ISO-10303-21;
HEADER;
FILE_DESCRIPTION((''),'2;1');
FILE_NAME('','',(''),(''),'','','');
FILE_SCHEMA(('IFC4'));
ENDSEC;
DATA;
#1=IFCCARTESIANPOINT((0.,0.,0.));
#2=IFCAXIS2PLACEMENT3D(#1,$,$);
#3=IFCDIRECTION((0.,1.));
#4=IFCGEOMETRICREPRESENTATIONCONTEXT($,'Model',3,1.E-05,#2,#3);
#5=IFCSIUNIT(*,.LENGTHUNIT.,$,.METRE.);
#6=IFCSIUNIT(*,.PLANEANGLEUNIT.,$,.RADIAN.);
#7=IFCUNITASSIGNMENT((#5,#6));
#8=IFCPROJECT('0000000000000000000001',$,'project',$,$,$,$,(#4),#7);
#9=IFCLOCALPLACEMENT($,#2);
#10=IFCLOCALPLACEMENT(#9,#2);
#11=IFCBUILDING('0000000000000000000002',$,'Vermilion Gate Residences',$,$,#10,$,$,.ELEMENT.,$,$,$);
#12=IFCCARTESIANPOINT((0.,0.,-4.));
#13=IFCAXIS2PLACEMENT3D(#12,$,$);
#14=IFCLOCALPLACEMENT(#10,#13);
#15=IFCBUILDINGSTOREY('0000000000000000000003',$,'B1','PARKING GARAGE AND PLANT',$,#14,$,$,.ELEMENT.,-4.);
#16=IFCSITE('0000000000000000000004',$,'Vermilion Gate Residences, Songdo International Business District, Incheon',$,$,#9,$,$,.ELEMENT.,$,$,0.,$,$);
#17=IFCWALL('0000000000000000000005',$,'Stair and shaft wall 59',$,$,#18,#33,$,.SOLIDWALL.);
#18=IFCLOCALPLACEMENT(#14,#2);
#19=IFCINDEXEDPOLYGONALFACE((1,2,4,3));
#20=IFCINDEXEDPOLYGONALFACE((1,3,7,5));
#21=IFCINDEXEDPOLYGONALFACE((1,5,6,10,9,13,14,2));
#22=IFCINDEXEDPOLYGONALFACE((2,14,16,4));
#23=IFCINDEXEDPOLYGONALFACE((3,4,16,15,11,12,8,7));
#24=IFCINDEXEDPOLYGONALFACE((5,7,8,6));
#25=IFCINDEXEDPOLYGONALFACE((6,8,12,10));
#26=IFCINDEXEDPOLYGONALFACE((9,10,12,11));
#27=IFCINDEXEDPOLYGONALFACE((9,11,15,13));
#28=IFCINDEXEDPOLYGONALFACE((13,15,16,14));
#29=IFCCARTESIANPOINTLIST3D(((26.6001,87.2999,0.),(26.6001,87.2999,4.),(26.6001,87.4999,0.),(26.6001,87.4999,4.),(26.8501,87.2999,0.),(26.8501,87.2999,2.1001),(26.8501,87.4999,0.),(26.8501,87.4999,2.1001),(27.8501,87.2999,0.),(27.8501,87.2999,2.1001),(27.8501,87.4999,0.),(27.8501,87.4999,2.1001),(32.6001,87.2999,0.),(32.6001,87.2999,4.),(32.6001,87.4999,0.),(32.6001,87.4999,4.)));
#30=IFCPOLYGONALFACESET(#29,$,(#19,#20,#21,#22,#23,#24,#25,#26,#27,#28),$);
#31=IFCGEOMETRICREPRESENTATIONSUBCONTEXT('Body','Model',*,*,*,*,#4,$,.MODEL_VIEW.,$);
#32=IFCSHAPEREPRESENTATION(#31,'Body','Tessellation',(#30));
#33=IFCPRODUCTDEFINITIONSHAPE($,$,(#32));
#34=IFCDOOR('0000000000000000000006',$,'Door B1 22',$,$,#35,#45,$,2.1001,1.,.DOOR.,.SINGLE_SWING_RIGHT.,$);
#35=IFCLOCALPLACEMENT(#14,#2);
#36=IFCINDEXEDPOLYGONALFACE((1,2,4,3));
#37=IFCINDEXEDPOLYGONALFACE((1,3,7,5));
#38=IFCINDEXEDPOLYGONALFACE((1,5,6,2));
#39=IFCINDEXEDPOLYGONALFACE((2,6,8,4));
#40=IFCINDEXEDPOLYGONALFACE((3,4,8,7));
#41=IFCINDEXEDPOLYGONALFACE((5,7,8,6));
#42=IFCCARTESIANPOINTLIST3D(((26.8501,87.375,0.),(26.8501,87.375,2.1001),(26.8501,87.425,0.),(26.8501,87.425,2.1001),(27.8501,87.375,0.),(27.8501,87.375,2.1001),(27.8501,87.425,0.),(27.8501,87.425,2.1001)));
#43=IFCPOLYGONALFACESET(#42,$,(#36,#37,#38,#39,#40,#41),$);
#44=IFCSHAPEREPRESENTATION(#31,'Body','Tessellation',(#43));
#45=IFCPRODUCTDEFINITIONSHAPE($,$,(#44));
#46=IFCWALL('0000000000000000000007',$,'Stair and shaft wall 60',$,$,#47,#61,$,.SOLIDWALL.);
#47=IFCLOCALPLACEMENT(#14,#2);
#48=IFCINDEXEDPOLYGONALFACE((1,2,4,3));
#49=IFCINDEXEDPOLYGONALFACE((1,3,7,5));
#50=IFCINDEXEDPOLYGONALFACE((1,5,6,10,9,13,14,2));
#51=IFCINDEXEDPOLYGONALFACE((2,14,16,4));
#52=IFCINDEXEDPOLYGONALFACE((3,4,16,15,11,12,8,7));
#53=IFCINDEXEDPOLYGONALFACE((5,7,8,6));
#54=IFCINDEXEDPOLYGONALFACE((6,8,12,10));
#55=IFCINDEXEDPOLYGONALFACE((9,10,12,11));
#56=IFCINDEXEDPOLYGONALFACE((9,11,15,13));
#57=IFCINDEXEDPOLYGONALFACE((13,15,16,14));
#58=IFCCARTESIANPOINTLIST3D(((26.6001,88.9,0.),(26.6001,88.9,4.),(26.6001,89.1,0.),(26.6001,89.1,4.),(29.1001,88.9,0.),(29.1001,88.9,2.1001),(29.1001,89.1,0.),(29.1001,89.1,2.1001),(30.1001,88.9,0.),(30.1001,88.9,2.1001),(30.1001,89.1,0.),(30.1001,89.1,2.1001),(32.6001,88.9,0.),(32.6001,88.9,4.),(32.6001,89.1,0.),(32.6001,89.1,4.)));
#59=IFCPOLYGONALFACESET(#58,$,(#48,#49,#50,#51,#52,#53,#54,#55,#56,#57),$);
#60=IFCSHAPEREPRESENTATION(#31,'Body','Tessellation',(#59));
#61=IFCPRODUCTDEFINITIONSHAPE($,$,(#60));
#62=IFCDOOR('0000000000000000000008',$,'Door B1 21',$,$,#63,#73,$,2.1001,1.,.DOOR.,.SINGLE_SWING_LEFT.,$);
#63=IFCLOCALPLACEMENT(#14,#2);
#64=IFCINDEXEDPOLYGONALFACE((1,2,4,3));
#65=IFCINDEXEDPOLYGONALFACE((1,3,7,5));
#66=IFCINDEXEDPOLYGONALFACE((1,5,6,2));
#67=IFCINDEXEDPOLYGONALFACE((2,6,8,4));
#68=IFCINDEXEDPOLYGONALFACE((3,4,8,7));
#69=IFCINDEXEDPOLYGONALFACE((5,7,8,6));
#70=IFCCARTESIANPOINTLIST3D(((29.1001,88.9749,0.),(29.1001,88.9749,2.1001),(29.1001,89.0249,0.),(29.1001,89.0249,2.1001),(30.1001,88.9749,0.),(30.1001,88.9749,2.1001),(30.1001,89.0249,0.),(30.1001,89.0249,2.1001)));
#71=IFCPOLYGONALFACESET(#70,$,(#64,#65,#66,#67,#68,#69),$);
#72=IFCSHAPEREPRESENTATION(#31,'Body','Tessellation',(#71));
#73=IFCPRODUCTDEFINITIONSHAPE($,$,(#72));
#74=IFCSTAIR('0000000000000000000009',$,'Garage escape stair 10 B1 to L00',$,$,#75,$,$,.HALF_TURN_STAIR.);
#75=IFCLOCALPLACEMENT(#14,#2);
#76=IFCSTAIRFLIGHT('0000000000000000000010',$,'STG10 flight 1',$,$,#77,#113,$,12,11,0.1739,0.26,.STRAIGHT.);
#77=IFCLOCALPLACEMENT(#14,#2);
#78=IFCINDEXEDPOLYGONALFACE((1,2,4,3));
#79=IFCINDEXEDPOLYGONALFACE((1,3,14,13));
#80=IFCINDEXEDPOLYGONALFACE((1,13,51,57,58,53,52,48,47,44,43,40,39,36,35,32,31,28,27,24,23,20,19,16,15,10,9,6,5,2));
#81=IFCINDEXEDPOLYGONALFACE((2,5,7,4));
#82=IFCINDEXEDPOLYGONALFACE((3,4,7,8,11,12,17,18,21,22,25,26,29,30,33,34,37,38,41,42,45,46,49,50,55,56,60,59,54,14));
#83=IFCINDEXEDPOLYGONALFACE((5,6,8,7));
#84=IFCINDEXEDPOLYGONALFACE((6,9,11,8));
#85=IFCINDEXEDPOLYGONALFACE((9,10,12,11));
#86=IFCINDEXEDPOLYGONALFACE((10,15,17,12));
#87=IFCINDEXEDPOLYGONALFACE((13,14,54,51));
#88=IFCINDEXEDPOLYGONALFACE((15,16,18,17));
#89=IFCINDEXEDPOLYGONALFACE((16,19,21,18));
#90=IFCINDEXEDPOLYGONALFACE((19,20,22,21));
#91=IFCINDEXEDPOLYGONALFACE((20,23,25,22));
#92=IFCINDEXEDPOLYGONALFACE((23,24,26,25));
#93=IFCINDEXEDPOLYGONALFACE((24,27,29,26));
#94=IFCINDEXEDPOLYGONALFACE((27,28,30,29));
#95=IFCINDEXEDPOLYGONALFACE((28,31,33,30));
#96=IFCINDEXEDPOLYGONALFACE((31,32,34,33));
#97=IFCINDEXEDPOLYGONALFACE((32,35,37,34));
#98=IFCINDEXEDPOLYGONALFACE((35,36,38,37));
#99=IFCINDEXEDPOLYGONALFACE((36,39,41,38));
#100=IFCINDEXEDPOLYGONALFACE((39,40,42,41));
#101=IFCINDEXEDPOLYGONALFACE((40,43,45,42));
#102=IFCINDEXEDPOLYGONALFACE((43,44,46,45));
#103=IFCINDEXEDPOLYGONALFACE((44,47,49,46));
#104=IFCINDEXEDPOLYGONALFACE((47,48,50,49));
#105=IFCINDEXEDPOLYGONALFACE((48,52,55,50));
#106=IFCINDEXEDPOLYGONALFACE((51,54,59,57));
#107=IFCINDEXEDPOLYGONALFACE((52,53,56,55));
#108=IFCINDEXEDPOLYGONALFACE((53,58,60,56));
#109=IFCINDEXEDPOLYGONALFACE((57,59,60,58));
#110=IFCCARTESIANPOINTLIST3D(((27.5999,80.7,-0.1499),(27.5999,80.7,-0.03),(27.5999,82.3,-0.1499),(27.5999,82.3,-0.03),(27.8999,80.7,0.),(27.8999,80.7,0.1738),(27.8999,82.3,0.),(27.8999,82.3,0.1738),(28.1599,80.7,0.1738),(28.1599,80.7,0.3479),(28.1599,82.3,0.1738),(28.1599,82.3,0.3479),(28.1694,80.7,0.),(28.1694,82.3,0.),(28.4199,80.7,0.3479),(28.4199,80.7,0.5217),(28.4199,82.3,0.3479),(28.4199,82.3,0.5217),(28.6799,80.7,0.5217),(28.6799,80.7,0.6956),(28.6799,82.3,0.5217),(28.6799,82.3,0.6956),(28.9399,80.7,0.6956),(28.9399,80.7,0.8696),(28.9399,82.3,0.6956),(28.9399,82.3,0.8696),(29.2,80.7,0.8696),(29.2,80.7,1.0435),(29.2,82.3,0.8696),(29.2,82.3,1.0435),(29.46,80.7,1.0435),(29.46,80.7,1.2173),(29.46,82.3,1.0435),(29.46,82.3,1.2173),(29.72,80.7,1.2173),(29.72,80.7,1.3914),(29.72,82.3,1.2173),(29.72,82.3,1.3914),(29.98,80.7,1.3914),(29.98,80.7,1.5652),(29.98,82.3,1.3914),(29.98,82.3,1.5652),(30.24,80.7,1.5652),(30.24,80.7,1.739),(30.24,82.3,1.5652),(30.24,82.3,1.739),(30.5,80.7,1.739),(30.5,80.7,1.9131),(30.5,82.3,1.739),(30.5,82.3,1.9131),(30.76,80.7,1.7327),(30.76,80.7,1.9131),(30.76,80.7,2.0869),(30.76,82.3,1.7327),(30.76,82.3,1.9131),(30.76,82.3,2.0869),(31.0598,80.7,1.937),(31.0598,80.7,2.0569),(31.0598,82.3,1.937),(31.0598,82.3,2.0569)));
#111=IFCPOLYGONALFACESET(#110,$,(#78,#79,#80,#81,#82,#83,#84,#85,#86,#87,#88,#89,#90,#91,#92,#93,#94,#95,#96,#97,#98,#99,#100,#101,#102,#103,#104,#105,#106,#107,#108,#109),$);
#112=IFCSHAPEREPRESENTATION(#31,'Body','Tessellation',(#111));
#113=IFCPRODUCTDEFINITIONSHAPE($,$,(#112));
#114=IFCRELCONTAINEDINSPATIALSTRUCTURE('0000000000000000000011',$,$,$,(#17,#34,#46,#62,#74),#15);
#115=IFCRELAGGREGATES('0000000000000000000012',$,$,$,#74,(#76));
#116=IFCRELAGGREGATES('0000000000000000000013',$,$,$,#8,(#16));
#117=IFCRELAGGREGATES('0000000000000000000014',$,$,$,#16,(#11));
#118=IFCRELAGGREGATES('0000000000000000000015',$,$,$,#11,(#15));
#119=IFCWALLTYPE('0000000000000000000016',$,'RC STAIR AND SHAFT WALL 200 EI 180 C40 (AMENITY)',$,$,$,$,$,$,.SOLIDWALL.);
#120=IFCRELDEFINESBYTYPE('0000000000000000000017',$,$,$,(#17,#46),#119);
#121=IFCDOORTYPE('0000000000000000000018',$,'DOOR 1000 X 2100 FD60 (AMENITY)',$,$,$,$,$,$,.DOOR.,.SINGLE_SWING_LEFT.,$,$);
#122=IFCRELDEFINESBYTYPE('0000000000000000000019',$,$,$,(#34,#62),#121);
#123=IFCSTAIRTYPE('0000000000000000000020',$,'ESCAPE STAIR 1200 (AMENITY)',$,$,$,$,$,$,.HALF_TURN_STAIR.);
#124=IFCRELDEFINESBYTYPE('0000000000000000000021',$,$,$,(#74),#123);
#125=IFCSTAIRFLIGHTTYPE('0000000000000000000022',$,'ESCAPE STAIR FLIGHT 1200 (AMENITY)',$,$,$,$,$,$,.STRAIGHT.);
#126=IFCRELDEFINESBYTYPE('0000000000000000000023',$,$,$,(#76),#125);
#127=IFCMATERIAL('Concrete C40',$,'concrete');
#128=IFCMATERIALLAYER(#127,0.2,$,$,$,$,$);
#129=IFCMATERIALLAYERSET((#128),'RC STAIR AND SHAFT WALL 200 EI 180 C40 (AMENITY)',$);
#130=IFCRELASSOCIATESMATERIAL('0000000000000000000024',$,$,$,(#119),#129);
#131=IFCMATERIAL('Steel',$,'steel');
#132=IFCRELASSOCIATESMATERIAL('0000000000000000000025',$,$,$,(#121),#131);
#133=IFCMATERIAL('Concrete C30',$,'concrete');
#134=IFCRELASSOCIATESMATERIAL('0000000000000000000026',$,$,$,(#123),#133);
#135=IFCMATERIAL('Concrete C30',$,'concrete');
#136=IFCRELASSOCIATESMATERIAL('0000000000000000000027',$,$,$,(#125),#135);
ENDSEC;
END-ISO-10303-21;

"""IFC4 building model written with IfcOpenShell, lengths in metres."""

from ifc_helpers import new_model, si_unit, direction, frame, frame_2d, origin, place, context, subcontext, project, spatial, polyline, rectangle, outline, extrude, material, layer, layer_set, type_object, element, fill, aggregate, save


model = new_model("IFC4")

# Units and contexts
model_context = context("Model", 3, precision=1e-05, world=origin(), true_north=direction((0.0, 1.0)))
body_context = subcontext(model_context, "Body", "Model", "MODEL_VIEW")
ifc_project = project(units=[si_unit("LENGTHUNIT", "METRE"), si_unit("PLANEANGLEUNIT", "RADIAN")], contexts=[model_context])

# Site, building, storey
site_placement = place(None, origin())
site = spatial("IfcSite", under=ifc_project, at=site_placement, Name="Vermilion Gate Residences, Songdo International Business District, Incheon", CompositionType="ELEMENT", RefElevation=0.0)
building_placement = place(site_placement, origin())
building = spatial("IfcBuilding", under=site, at=building_placement, Name="Vermilion Gate Residences", CompositionType="ELEMENT")
storey_placement = place(building_placement, frame((0.0, 0.0, -4.0)))
storey = spatial("IfcBuildingStorey", under=building, at=storey_placement, Name="B1", Description="PARKING GARAGE AND PLANT", CompositionType="ELEMENT", Elevation=-4.0)

# Shared definitions
ifc_material_1 = material(Name="Concrete C40", Category="concrete")
ifc_layer_1 = layer(ifc_material_1, 0.2)
ifc_layer_set_1 = layer_set([ifc_layer_1], Name="RC STAIR AND SHAFT WALL 200 EI 180 C40 (AMENITY)")
wall_type_1 = type_object("IfcWallType", Name="RC STAIR AND SHAFT WALL 200 EI 180 C40 (AMENITY)", PredefinedType="SOLIDWALL", material=ifc_layer_set_1)

# Shared definitions
ifc_material_2 = material(Name="Steel", Category="steel")
door_type_1 = type_object("IfcDoorType", Name="DOOR 1000 X 2100 FD60 (AMENITY)", OperationType="SINGLE_SWING_LEFT", PredefinedType="DOOR", material=ifc_material_2)

# Walls, openings, doors
wall_1_placement = place(storey_placement, frame((26.6001, 87.3999, 0.0), z_axis=(0.0, 0.0, 1.0), x_axis=(1.0, 0.0, 0.0)))
wall_1 = element("IfcWall", 1, at=wall_1_placement, inside=storey, type_object=wall_type_1, Name="Stair and shaft wall 59", PredefinedType="SOLIDWALL", context=body_context, shape_type="SweptSolid", body=[
    extrude(rectangle(XDim=6.0, YDim=0.2, at=frame_2d((3.0, 0.0))), origin(), (0.0, 0.0, 1.0), 4.0),
])
opening_1_placement = place(wall_1_placement, frame((0.25, 0.0, 0.0)))
opening_1 = element("IfcOpeningElement", 2, at=opening_1_placement, cuts=wall_1, PredefinedType="OPENING", context=body_context, shape_type="SweptSolid", body=[
    extrude(rectangle(XDim=1.0, YDim=2.1001, at=frame_2d((0.5, 1.05))), frame((0.0, 0.1099, 0.0), z_axis=(0.0, -1.0, 0.0), x_axis=(1.0, 0.0, 0.0)), (0.0, 0.0, 1.0), 0.22),
])
door_1_placement = place(opening_1_placement, frame((1.0, 0.0, 0.0), z_axis=(0.0, 0.0, 1.0), x_axis=(-1.0, 0.0, 0.0)))
door_1 = element("IfcDoor", 3, at=door_1_placement, inside=storey, type_object=door_type_1, Name="Door B1 22", OperationType="SINGLE_SWING_RIGHT", OverallHeight=2.1001, OverallWidth=1.0, PredefinedType="DOOR", context=body_context, shape_type="SweptSolid", body=[
    extrude(rectangle(XDim=1.0, YDim=2.1001, at=frame_2d((0.5, 1.05))), frame((0.0, 0.0249, 0.0), z_axis=(0.0, -1.0, 0.0), x_axis=(1.0, 0.0, 0.0)), (0.0, 0.0, 1.0), 0.05),
])
fill(opening_1, door_1)
wall_2_placement = place(storey_placement, frame((26.6001, 89.0, 0.0), z_axis=(0.0, 0.0, 1.0), x_axis=(1.0, 0.0, 0.0)))
wall_2 = element("IfcWall", 4, at=wall_2_placement, inside=storey, type_object=wall_type_1, Name="Stair and shaft wall 60", PredefinedType="SOLIDWALL", context=body_context, shape_type="SweptSolid", body=[
    extrude(rectangle(XDim=6.0, YDim=0.2, at=frame_2d((3.0, 0.0))), origin(), (0.0, 0.0, 1.0), 4.0),
])
opening_2_placement = place(wall_2_placement, frame((2.5, 0.0, 0.0)))
opening_2 = element("IfcOpeningElement", 5, at=opening_2_placement, cuts=wall_2, PredefinedType="OPENING", context=body_context, shape_type="SweptSolid", body=[
    extrude(rectangle(XDim=1.0, YDim=2.1001, at=frame_2d((0.5, 1.05))), frame((0.0, 0.1099, 0.0), z_axis=(0.0, -1.0, 0.0), x_axis=(1.0, 0.0, 0.0)), (0.0, 0.0, 1.0), 0.22),
])
door_2_placement = place(opening_2_placement, origin())
door_2 = element("IfcDoor", 6, at=door_2_placement, inside=storey, type_object=door_type_1, Name="Door B1 21", OperationType="SINGLE_SWING_LEFT", OverallHeight=2.1001, OverallWidth=1.0, PredefinedType="DOOR", context=body_context, shape_type="SweptSolid", body=[
    extrude(rectangle(XDim=1.0, YDim=2.1001, at=frame_2d((0.5, 1.05))), frame((0.0, 0.0249, 0.0), z_axis=(0.0, -1.0, 0.0), x_axis=(1.0, 0.0, 0.0)), (0.0, 0.0, 1.0), 0.05),
])
fill(opening_2, door_2)

# Stair, stair flight
ifc_material_3 = material(Name="Concrete C30", Category="concrete")
stair_type = type_object("IfcStairType", Name="ESCAPE STAIR 1200 (AMENITY)", PredefinedType="HALF_TURN_STAIR", material=ifc_material_3)
stair_placement = place(storey_placement, origin())
stair = element("IfcStair", 7, at=stair_placement, inside=storey, type_object=stair_type, Name="Garage escape stair 10 B1 to L00", PredefinedType="HALF_TURN_STAIR")
ifc_material_4 = material(Name="Concrete C30", Category="concrete")
stair_flight_type = type_object("IfcStairFlightType", Name="ESCAPE STAIR FLIGHT 1200 (AMENITY)", PredefinedType="STRAIGHT", material=ifc_material_4)
stair_flight_placement = place(storey_placement, frame((27.8999, 81.5, 0.0), z_axis=(0.0, 0.0, 1.0), x_axis=(1.0, 0.0, 0.0)))
stair_flight = element("IfcStairFlight", 8, at=stair_flight_placement, type_object=stair_flight_type, Name="STG10 flight 1", NumberOfRisers=12, NumberOfTreads=11, PredefinedType="STRAIGHT", RiserHeight=0.1739, TreadLength=0.26, context=body_context, shape_type="SweptSolid", body=[
    extrude(outline(polyline([(-0.3, -0.1499), (-0.3, -0.03), (0.0, 0.0), (0.0, 0.1738), (0.26, 0.1738), (0.26, 0.3479), (0.52, 0.3479), (0.52, 0.5217), (0.78, 0.5217), (0.78, 0.6956), (1.04, 0.6956), (1.04, 0.8696), (1.3, 0.8696), (1.3, 1.0435), (1.5601, 1.0435), (1.5601, 1.2173), (1.8201, 1.2173), (1.8201, 1.3914), (2.0801, 1.3914), (2.0801, 1.5652), (2.3401, 1.5652), (2.3401, 1.739), (2.6001, 1.739), (2.6001, 1.9131), (2.8601, 1.9131), (2.8601, 2.0869), (3.1599, 2.0569), (3.1599, 1.937), (2.8601, 1.7327), (0.2695, 0.0), (-0.3, -0.1499)])), frame((0.0, 0.8, 0.0), z_axis=(0.0, -1.0, 0.0), x_axis=(1.0, 0.0, 0.0)), (0.0, 0.0, 1.0), 1.6001),
])
aggregate(stair, [stair_flight])

save(model, "model.ifc")
